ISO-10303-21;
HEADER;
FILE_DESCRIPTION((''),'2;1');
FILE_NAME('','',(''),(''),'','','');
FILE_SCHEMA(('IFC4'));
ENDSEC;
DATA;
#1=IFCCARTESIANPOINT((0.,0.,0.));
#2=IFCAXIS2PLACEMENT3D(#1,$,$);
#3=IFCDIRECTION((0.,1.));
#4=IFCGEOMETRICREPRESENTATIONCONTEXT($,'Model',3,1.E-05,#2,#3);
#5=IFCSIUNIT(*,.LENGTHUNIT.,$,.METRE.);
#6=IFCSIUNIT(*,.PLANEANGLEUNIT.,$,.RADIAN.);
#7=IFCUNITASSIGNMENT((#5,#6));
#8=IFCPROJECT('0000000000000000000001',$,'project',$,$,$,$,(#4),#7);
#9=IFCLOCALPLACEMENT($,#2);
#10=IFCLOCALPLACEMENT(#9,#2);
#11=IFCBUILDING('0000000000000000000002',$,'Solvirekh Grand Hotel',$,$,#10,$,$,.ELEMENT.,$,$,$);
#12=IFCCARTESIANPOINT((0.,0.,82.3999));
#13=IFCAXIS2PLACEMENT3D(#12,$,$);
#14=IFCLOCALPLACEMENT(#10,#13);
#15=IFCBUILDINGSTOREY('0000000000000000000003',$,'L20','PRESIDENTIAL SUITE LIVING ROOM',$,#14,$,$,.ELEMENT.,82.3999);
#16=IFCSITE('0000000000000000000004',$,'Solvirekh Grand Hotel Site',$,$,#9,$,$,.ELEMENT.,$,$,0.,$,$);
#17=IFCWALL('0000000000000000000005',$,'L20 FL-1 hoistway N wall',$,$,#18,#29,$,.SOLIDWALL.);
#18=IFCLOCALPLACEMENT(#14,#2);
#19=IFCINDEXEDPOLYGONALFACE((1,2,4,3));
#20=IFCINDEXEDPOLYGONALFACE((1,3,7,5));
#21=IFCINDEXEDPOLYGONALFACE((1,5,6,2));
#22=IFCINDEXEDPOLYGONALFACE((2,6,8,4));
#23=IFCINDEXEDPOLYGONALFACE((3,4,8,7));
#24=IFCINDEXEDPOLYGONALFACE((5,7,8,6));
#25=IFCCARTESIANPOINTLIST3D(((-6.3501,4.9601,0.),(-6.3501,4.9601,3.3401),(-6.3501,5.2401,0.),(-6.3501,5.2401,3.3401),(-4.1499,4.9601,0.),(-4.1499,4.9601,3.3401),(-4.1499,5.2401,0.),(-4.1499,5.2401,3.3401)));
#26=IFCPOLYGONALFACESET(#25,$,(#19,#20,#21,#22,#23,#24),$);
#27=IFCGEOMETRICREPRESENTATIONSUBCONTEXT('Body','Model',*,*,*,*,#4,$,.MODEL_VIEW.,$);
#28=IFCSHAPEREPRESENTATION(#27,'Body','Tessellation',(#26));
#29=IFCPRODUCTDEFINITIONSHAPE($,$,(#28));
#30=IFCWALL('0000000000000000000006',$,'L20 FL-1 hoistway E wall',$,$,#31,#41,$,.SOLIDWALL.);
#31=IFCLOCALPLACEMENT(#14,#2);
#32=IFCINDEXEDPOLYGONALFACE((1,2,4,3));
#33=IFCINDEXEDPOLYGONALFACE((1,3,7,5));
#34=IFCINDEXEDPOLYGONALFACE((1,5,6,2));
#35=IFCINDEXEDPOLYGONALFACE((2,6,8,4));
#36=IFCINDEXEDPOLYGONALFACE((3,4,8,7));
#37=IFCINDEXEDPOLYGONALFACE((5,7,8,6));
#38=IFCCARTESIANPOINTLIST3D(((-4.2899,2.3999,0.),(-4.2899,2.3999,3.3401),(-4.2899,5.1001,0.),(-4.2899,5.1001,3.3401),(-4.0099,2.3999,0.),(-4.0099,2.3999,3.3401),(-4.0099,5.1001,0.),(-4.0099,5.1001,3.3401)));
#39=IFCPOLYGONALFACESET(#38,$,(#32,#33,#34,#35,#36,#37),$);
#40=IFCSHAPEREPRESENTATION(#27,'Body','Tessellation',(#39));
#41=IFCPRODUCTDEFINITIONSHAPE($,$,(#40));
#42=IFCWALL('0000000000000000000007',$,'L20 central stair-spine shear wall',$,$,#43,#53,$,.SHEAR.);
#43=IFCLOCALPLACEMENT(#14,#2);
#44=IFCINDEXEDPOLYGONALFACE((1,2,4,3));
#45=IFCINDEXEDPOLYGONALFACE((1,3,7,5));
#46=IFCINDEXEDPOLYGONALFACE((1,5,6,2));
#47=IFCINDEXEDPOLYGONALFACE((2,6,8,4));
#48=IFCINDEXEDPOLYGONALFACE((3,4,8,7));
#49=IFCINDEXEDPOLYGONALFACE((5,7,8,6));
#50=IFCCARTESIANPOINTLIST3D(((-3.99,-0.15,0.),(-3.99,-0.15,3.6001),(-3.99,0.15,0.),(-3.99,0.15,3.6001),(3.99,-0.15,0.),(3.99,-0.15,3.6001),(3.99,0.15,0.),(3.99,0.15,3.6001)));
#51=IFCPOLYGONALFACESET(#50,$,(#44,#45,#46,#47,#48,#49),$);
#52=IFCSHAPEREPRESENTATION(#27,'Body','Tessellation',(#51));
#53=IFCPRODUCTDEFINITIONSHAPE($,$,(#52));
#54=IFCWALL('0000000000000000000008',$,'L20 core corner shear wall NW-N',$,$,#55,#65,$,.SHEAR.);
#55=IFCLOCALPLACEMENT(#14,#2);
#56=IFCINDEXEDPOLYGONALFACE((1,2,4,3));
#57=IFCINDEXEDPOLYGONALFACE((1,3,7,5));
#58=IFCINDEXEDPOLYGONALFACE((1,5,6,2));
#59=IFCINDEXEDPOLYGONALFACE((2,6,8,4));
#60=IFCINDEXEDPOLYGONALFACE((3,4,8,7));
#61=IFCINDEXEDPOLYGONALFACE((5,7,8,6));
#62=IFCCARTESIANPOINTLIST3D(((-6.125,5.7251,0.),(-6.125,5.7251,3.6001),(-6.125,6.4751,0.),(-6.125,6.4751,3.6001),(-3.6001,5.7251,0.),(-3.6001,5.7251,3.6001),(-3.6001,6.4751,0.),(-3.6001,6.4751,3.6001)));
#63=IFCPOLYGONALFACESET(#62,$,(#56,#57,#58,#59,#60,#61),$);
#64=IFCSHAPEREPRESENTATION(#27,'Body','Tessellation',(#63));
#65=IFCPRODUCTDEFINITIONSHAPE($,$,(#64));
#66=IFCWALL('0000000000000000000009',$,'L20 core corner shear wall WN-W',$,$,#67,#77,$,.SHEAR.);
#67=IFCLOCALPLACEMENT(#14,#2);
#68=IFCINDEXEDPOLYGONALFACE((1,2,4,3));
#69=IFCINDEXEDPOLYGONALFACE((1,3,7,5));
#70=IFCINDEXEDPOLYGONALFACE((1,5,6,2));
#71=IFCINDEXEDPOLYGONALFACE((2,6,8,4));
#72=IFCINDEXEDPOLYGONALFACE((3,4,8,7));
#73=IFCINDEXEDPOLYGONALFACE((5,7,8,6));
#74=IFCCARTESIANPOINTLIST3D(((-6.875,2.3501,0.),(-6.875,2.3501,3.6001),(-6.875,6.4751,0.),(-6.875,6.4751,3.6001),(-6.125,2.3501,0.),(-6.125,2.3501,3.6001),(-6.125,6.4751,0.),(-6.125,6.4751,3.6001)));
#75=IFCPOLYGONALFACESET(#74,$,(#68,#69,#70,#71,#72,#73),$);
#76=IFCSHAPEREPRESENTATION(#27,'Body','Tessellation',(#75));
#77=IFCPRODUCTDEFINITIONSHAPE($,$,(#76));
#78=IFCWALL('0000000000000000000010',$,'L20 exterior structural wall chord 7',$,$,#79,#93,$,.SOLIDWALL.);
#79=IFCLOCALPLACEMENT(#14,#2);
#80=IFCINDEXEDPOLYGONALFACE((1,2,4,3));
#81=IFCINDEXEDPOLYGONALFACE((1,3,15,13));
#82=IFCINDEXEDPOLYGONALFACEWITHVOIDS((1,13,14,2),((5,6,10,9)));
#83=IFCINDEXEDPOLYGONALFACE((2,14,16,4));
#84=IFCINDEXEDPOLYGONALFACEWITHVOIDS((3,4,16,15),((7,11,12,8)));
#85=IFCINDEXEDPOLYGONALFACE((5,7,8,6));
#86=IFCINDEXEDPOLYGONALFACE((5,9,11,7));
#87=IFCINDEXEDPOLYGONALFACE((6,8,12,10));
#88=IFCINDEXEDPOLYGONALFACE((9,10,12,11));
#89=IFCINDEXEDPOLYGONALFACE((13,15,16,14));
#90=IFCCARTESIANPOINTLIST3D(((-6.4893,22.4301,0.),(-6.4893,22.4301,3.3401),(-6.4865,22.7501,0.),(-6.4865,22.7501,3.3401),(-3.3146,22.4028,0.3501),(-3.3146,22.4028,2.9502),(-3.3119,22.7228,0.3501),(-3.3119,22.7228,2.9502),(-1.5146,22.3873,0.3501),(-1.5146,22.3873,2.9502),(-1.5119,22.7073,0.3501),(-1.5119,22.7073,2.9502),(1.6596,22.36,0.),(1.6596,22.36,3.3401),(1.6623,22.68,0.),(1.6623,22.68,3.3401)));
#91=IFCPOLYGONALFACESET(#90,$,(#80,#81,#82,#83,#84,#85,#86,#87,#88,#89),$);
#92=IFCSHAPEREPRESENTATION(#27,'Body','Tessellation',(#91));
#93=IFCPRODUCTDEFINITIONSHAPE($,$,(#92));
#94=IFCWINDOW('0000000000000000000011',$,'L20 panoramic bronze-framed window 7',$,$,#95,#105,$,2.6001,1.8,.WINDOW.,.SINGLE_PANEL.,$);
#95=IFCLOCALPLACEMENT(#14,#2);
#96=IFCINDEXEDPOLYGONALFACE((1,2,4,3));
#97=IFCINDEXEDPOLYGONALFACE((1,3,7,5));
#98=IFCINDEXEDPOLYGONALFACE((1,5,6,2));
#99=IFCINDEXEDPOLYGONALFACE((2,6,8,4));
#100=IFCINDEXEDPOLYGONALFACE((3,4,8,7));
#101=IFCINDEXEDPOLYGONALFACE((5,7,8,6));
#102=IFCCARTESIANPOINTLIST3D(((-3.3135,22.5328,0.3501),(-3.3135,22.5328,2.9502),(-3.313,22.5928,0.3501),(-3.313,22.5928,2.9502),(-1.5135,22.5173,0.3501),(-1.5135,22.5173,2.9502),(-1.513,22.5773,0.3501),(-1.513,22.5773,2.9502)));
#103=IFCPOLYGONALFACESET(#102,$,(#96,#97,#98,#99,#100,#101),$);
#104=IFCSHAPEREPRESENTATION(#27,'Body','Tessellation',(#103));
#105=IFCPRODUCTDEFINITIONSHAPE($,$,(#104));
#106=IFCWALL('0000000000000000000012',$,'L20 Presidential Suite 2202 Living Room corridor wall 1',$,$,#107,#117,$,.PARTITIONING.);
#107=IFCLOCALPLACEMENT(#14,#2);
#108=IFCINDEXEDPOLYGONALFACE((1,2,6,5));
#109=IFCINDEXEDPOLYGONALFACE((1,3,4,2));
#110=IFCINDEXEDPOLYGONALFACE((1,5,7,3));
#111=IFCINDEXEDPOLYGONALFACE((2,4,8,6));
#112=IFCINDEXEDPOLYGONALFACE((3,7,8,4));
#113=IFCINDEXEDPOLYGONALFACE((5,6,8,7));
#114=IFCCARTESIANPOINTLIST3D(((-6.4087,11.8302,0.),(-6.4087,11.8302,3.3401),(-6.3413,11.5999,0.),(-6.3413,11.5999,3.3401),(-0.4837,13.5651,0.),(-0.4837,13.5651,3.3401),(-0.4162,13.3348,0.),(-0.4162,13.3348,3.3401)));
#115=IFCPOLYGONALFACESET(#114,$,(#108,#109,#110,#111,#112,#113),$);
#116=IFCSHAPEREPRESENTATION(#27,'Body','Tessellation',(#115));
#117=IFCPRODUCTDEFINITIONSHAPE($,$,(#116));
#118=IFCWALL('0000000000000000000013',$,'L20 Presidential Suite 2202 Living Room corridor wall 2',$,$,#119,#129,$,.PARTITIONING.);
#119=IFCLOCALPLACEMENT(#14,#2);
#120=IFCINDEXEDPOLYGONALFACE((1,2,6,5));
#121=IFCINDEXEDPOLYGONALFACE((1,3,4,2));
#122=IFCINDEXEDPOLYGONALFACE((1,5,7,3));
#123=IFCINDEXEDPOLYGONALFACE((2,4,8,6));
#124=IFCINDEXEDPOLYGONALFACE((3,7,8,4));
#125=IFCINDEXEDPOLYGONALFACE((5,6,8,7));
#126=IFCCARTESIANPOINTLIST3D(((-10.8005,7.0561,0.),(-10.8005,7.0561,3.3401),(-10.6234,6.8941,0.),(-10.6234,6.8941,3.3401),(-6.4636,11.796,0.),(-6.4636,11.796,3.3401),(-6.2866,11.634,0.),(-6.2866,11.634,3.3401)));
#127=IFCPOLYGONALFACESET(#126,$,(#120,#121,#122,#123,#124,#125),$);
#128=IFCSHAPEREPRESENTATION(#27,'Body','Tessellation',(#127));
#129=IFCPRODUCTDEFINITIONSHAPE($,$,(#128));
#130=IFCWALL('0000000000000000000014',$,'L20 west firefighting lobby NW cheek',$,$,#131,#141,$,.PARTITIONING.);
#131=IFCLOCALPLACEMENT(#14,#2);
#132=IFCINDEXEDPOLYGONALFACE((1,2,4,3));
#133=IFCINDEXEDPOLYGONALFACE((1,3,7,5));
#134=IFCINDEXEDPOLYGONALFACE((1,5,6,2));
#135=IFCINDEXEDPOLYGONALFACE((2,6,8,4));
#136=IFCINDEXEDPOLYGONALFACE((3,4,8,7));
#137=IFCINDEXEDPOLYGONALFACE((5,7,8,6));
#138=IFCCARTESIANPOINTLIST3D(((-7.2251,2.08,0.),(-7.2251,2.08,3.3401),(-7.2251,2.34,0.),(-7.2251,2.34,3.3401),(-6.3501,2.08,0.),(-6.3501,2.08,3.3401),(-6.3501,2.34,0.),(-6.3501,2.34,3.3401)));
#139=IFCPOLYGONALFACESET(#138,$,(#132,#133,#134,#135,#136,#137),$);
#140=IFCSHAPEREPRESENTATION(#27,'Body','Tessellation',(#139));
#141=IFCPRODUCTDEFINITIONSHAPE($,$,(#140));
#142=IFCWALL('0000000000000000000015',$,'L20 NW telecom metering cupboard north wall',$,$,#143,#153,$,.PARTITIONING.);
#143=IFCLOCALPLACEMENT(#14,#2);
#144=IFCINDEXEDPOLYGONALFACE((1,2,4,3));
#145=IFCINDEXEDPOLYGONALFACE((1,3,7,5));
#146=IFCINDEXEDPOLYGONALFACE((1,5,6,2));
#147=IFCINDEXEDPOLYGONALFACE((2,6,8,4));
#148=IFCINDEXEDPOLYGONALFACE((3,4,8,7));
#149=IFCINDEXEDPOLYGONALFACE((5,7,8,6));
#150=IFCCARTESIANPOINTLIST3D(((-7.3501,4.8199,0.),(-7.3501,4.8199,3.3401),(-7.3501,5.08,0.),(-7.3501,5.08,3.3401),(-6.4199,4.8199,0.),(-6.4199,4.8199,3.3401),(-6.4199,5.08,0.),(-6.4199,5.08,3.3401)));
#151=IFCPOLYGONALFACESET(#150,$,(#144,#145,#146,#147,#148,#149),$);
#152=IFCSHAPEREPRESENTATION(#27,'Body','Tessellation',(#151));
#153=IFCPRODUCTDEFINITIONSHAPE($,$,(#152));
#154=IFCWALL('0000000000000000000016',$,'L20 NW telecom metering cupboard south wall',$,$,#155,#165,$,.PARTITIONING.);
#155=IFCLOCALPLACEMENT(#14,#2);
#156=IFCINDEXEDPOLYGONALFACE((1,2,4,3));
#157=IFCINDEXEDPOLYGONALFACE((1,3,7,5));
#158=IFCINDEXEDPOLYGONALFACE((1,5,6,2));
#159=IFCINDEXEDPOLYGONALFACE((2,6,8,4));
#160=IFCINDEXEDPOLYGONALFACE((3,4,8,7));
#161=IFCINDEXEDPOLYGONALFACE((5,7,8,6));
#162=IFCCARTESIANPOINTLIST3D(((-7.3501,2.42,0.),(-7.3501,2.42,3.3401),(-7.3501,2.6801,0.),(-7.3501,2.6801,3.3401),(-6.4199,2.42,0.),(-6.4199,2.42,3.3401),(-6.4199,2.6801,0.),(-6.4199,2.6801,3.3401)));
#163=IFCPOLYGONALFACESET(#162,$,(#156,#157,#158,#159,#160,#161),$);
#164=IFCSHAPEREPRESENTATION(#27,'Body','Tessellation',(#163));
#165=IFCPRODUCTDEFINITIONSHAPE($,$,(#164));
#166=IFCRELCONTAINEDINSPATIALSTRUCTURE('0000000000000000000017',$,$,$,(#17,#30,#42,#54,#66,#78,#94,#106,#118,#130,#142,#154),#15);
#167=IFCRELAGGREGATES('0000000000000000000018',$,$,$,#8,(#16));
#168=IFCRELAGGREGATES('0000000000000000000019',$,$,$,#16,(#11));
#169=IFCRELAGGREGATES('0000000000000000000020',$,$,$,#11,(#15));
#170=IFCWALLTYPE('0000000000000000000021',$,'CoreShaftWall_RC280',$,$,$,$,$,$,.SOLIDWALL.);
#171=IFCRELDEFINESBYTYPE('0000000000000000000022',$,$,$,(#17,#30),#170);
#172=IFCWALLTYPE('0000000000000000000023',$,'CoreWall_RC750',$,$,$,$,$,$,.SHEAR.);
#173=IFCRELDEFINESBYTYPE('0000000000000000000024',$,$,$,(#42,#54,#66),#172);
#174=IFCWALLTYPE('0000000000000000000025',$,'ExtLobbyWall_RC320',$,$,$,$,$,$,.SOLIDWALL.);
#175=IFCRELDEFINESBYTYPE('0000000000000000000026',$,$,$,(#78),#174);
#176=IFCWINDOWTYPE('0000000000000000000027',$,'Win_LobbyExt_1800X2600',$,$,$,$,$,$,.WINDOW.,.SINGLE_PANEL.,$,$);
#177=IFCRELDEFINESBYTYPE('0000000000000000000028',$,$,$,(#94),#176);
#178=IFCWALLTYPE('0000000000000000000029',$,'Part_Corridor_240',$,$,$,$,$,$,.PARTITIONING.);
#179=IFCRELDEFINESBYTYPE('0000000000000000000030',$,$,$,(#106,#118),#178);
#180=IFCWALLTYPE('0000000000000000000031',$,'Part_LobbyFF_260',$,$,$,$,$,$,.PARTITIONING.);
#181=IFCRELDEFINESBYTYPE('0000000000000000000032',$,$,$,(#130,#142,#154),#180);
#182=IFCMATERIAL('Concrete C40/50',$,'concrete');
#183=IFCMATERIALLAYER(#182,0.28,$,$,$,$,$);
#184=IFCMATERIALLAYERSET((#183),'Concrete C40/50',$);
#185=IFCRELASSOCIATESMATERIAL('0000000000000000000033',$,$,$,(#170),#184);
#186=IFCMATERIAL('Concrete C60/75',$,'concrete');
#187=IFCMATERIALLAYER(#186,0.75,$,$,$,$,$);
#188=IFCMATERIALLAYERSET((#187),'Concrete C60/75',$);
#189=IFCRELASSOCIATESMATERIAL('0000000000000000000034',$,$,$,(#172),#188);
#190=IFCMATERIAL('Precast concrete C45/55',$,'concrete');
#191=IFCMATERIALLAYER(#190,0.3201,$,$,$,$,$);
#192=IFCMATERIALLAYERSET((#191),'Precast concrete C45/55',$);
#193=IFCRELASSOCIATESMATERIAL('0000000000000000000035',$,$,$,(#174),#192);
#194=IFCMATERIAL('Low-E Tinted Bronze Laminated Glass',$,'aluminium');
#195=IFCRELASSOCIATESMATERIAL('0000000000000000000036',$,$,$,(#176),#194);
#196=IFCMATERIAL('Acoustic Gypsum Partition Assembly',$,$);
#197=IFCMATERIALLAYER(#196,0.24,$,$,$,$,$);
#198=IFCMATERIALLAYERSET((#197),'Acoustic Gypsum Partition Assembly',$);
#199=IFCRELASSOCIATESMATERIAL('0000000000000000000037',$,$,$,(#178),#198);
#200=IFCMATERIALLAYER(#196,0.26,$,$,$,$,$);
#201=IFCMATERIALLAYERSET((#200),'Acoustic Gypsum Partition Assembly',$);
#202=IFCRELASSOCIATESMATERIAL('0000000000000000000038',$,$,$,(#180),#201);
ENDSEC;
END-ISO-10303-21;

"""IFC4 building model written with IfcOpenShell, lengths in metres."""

from ifc_helpers import new_model, si_unit, direction, frame, frame_2d, origin, place, context, subcontext, project, spatial, rectangle, extrude, material, layer, layer_set, type_object, element, fill, save


model = new_model("IFC4")

# Units and contexts
model_context = context("Model", 3, precision=1e-05, world=origin(), true_north=direction((0.0, 1.0)))
body_context = subcontext(model_context, "Body", "Model", "MODEL_VIEW")
ifc_project = project(units=[si_unit("LENGTHUNIT", "METRE"), si_unit("PLANEANGLEUNIT", "RADIAN")], contexts=[model_context])

# Site, building, storey
site_placement = place(None, origin())
site = spatial("IfcSite", under=ifc_project, at=site_placement, Name="Solvirekh Grand Hotel Site", CompositionType="ELEMENT", RefElevation=0.0)
building_placement = place(site_placement, origin())
building = spatial("IfcBuilding", under=site, at=building_placement, Name="Solvirekh Grand Hotel", CompositionType="ELEMENT")
storey_placement = place(building_placement, frame((0.0, 0.0, 82.3999)))
storey = spatial("IfcBuildingStorey", under=building, at=storey_placement, Name="L20", Description="PRESIDENTIAL SUITE LIVING ROOM", CompositionType="ELEMENT", Elevation=82.3999)

# Shared definitions
ifc_material_1 = material(Name="Concrete C60/75", Category="concrete")

# Shared definitions
ifc_material_2 = material(Name="Concrete C40/50", Category="concrete")
ifc_layer_1 = layer(ifc_material_2, 0.28)
ifc_layer_set_1 = layer_set([ifc_layer_1], Name="Concrete C40/50")
wall_type_1 = type_object("IfcWallType", Name="CoreShaftWall_RC280", PredefinedType="SOLIDWALL", material=ifc_layer_set_1)

# Walls
wall_1_placement = place(storey_placement, frame((-4.1499, 5.1001, 0.0), z_axis=(0.0, 0.0, 1.0), x_axis=(-1.0, 0.0, 0.0)))
element("IfcWall", 1, at=wall_1_placement, inside=storey, type_object=wall_type_1, Name="L20 FL-1 hoistway N wall", PredefinedType="SOLIDWALL", context=body_context, shape_type="SweptSolid", body=[
    extrude(rectangle(XDim=2.2002, YDim=0.28, at=frame_2d((1.1001, 0.0))), origin(), (0.0, 0.0, 1.0), 3.3401),
])
wall_2_placement = place(storey_placement, frame((-4.1499, 2.3999, 0.0), z_axis=(0.0, 0.0, 1.0), x_axis=(0.0, 1.0, 0.0)))
element("IfcWall", 2, at=wall_2_placement, inside=storey, type_object=wall_type_1, Name="L20 FL-1 hoistway E wall", PredefinedType="SOLIDWALL", context=body_context, shape_type="SweptSolid", body=[
    extrude(rectangle(XDim=2.7002, YDim=0.28, at=frame_2d((1.3501, 0.0))), origin(), (0.0, 0.0, 1.0), 3.3401),
])
ifc_layer_2 = layer(ifc_material_1, 0.75)
ifc_layer_set_2 = layer_set([ifc_layer_2], Name="Concrete C60/75")
wall_type_2 = type_object("IfcWallType", Name="CoreWall_RC750", PredefinedType="SHEAR", material=ifc_layer_set_2)
wall_3_placement = place(storey_placement, frame((-3.99, 0.0, 0.0), z_axis=(0.0, 0.0, 1.0), x_axis=(1.0, 0.0, 0.0)))
element("IfcWall", 3, at=wall_3_placement, inside=storey, type_object=wall_type_2, Name="L20 central stair-spine shear wall", PredefinedType="SHEAR", context=body_context, shape_type="SweptSolid", body=[
    extrude(rectangle(XDim=7.98, YDim=0.3, at=frame_2d((3.99, 0.0))), origin(), (0.0, 0.0, 1.0), 3.6001),
])
wall_4_placement = place(storey_placement, frame((-6.125, 6.1001, 0.0), z_axis=(0.0, 0.0, 1.0), x_axis=(1.0, 0.0, 0.0)))
element("IfcWall", 4, at=wall_4_placement, inside=storey, type_object=wall_type_2, Name="L20 core corner shear wall NW-N", PredefinedType="SHEAR", context=body_context, shape_type="SweptSolid", body=[
    extrude(rectangle(XDim=2.5249, YDim=0.75, at=frame_2d((1.2625, 0.0))), origin(), (0.0, 0.0, 1.0), 3.6001),
])
wall_5_placement = place(storey_placement, frame((-6.5, 2.3501, 0.0), z_axis=(0.0, 0.0, 1.0), x_axis=(0.0, 1.0, 0.0)))
element("IfcWall", 5, at=wall_5_placement, inside=storey, type_object=wall_type_2, Name="L20 core corner shear wall WN-W", PredefinedType="SHEAR", context=body_context, shape_type="SweptSolid", body=[
    extrude(rectangle(XDim=4.125, YDim=0.75, at=frame_2d((2.0625, 0.0))), origin(), (0.0, 0.0, 1.0), 3.6001),
])

# Wall, opening, window
ifc_material_3 = material(Name="Precast concrete C45/55", Category="concrete")
ifc_layer_3 = layer(ifc_material_3, 0.3201)
ifc_layer_set_3 = layer_set([ifc_layer_3], Name="Precast concrete C45/55")
wall_type_3 = type_object("IfcWallType", Name="ExtLobbyWall_RC320", PredefinedType="SOLIDWALL", material=ifc_layer_set_3)
wall_6_placement = place(storey_placement, frame((-6.488, 22.5901, 0.0), z_axis=(0.0, 0.0, 1.0), x_axis=(0.999963, -0.008598, 0.0)))
wall_6 = element("IfcWall", 6, at=wall_6_placement, inside=storey, type_object=wall_type_3, Name="L20 exterior structural wall chord 7", PredefinedType="SOLIDWALL", context=body_context, shape_type="SweptSolid", body=[
    extrude(rectangle(XDim=8.1492, YDim=0.3201, at=frame_2d((4.0747, 0.0))), origin(), (0.0, 0.0, 1.0), 3.3401),
])
opening_1_placement = place(wall_6_placement, frame((3.175, 0.0, 0.3501)))
opening_1 = element("IfcOpeningElement", 7, at=opening_1_placement, cuts=wall_6, PredefinedType="OPENING", context=body_context, shape_type="SweptSolid", body=[
    extrude(rectangle(XDim=1.8, YDim=2.6001, at=frame_2d((0.8999, 1.3))), frame((0.0, 0.1699, 0.0), z_axis=(0.0, -1.0, 0.0), x_axis=(1.0, 0.0, 0.0)), (0.0, 0.0, 1.0), 0.3401),
])
ifc_material_4 = material(Name="Low-E Tinted Bronze Laminated Glass", Category="aluminium")
window_type = type_object("IfcWindowType", Name="Win_LobbyExt_1800X2600", PartitioningType="SINGLE_PANEL", PredefinedType="WINDOW", material=ifc_material_4)
window_placement = place(opening_1_placement, origin())
window = element("IfcWindow", 8, at=window_placement, inside=storey, type_object=window_type, Name="L20 panoramic bronze-framed window 7", OverallHeight=2.6001, OverallWidth=1.8, PartitioningType="SINGLE_PANEL", PredefinedType="WINDOW", context=body_context, shape_type="SweptSolid", body=[
    extrude(rectangle(XDim=1.8, YDim=2.6001, at=frame_2d((0.8999, 1.3))), frame((0.0, 0.03, 0.0), z_axis=(0.0, -1.0, 0.0), x_axis=(1.0, 0.0, 0.0)), (0.0, 0.0, 1.0), 0.0601),
])
fill(opening_1, window)

# Walls
ifc_material_5 = material(Name="Acoustic Gypsum Partition Assembly")
ifc_layer_4 = layer(ifc_material_5, 0.24)
ifc_layer_set_4 = layer_set([ifc_layer_4], Name="Acoustic Gypsum Partition Assembly")
wall_type_4 = type_object("IfcWallType", Name="Part_Corridor_240", PredefinedType="PARTITIONING", material=ifc_layer_set_4)
wall_7_placement = place(storey_placement, frame((-0.45, 13.45, 0.0), z_axis=(0.0, 0.0, 1.0), x_axis=(-0.959707, -0.281004, 0.0)))
element("IfcWall", 9, at=wall_7_placement, inside=storey, type_object=wall_type_4, Name="L20 Presidential Suite 2202 Living Room corridor wall 1", PredefinedType="PARTITIONING", context=body_context, shape_type="SweptSolid", body=[
    extrude(rectangle(XDim=6.1738, YDim=0.24, at=frame_2d((3.0869, 0.0))), origin(), (0.0, 0.0, 1.0), 3.3401),
])
wall_8_placement = place(storey_placement, frame((-6.375, 11.7151, 0.0), z_axis=(0.0, 0.0, 1.0), x_axis=(-0.675041, -0.73778, 0.0)))
element("IfcWall", 10, at=wall_8_placement, inside=storey, type_object=wall_type_4, Name="L20 Presidential Suite 2202 Living Room corridor wall 2", PredefinedType="PARTITIONING", context=body_context, shape_type="SweptSolid", body=[
    extrude(rectangle(XDim=6.4246, YDim=0.24, at=frame_2d((3.2124, 0.0))), origin(), (0.0, 0.0, 1.0), 3.3401),
])
ifc_layer_5 = layer(ifc_material_5, 0.26)
ifc_layer_set_5 = layer_set([ifc_layer_5], Name="Acoustic Gypsum Partition Assembly")
wall_type_5 = type_object("IfcWallType", Name="Part_LobbyFF_260", PredefinedType="PARTITIONING", material=ifc_layer_set_5)
wall_9_placement = place(storey_placement, frame((-7.2251, 2.21, 0.0), z_axis=(0.0, 0.0, 1.0), x_axis=(1.0, 0.0, 0.0)))
element("IfcWall", 11, at=wall_9_placement, inside=storey, type_object=wall_type_5, Name="L20 west firefighting lobby NW cheek", PredefinedType="PARTITIONING", context=body_context, shape_type="SweptSolid", body=[
    extrude(rectangle(XDim=0.875, YDim=0.26, at=frame_2d((0.4375, 0.0))), origin(), (0.0, 0.0, 1.0), 3.3401),
])
for number, where, z_axis, x_axis, name in (
    (12, (-7.3501, 4.95, 0.0), (0.0, 0.0, 1.0), (1.0, 0.0, 0.0), "L20 NW telecom metering cupboard north wall"),
    (13, (-7.3501, 2.55, 0.0), (0.0, 0.0, 1.0), (1.0, 0.0, 0.0), "L20 NW telecom metering cupboard south wall"),
):
    element("IfcWall", number, at=place(storey_placement, frame(where, z_axis=z_axis, x_axis=x_axis)), inside=storey, type_object=wall_type_5, Name=name, PredefinedType="PARTITIONING", context=body_context, shape_type="SweptSolid", body=[
        extrude(rectangle(XDim=0.9302, YDim=0.26, at=frame_2d((0.4651, 0.0))), origin(), (0.0, 0.0, 1.0), 3.3401),
    ])

save(model, "model.ifc")
